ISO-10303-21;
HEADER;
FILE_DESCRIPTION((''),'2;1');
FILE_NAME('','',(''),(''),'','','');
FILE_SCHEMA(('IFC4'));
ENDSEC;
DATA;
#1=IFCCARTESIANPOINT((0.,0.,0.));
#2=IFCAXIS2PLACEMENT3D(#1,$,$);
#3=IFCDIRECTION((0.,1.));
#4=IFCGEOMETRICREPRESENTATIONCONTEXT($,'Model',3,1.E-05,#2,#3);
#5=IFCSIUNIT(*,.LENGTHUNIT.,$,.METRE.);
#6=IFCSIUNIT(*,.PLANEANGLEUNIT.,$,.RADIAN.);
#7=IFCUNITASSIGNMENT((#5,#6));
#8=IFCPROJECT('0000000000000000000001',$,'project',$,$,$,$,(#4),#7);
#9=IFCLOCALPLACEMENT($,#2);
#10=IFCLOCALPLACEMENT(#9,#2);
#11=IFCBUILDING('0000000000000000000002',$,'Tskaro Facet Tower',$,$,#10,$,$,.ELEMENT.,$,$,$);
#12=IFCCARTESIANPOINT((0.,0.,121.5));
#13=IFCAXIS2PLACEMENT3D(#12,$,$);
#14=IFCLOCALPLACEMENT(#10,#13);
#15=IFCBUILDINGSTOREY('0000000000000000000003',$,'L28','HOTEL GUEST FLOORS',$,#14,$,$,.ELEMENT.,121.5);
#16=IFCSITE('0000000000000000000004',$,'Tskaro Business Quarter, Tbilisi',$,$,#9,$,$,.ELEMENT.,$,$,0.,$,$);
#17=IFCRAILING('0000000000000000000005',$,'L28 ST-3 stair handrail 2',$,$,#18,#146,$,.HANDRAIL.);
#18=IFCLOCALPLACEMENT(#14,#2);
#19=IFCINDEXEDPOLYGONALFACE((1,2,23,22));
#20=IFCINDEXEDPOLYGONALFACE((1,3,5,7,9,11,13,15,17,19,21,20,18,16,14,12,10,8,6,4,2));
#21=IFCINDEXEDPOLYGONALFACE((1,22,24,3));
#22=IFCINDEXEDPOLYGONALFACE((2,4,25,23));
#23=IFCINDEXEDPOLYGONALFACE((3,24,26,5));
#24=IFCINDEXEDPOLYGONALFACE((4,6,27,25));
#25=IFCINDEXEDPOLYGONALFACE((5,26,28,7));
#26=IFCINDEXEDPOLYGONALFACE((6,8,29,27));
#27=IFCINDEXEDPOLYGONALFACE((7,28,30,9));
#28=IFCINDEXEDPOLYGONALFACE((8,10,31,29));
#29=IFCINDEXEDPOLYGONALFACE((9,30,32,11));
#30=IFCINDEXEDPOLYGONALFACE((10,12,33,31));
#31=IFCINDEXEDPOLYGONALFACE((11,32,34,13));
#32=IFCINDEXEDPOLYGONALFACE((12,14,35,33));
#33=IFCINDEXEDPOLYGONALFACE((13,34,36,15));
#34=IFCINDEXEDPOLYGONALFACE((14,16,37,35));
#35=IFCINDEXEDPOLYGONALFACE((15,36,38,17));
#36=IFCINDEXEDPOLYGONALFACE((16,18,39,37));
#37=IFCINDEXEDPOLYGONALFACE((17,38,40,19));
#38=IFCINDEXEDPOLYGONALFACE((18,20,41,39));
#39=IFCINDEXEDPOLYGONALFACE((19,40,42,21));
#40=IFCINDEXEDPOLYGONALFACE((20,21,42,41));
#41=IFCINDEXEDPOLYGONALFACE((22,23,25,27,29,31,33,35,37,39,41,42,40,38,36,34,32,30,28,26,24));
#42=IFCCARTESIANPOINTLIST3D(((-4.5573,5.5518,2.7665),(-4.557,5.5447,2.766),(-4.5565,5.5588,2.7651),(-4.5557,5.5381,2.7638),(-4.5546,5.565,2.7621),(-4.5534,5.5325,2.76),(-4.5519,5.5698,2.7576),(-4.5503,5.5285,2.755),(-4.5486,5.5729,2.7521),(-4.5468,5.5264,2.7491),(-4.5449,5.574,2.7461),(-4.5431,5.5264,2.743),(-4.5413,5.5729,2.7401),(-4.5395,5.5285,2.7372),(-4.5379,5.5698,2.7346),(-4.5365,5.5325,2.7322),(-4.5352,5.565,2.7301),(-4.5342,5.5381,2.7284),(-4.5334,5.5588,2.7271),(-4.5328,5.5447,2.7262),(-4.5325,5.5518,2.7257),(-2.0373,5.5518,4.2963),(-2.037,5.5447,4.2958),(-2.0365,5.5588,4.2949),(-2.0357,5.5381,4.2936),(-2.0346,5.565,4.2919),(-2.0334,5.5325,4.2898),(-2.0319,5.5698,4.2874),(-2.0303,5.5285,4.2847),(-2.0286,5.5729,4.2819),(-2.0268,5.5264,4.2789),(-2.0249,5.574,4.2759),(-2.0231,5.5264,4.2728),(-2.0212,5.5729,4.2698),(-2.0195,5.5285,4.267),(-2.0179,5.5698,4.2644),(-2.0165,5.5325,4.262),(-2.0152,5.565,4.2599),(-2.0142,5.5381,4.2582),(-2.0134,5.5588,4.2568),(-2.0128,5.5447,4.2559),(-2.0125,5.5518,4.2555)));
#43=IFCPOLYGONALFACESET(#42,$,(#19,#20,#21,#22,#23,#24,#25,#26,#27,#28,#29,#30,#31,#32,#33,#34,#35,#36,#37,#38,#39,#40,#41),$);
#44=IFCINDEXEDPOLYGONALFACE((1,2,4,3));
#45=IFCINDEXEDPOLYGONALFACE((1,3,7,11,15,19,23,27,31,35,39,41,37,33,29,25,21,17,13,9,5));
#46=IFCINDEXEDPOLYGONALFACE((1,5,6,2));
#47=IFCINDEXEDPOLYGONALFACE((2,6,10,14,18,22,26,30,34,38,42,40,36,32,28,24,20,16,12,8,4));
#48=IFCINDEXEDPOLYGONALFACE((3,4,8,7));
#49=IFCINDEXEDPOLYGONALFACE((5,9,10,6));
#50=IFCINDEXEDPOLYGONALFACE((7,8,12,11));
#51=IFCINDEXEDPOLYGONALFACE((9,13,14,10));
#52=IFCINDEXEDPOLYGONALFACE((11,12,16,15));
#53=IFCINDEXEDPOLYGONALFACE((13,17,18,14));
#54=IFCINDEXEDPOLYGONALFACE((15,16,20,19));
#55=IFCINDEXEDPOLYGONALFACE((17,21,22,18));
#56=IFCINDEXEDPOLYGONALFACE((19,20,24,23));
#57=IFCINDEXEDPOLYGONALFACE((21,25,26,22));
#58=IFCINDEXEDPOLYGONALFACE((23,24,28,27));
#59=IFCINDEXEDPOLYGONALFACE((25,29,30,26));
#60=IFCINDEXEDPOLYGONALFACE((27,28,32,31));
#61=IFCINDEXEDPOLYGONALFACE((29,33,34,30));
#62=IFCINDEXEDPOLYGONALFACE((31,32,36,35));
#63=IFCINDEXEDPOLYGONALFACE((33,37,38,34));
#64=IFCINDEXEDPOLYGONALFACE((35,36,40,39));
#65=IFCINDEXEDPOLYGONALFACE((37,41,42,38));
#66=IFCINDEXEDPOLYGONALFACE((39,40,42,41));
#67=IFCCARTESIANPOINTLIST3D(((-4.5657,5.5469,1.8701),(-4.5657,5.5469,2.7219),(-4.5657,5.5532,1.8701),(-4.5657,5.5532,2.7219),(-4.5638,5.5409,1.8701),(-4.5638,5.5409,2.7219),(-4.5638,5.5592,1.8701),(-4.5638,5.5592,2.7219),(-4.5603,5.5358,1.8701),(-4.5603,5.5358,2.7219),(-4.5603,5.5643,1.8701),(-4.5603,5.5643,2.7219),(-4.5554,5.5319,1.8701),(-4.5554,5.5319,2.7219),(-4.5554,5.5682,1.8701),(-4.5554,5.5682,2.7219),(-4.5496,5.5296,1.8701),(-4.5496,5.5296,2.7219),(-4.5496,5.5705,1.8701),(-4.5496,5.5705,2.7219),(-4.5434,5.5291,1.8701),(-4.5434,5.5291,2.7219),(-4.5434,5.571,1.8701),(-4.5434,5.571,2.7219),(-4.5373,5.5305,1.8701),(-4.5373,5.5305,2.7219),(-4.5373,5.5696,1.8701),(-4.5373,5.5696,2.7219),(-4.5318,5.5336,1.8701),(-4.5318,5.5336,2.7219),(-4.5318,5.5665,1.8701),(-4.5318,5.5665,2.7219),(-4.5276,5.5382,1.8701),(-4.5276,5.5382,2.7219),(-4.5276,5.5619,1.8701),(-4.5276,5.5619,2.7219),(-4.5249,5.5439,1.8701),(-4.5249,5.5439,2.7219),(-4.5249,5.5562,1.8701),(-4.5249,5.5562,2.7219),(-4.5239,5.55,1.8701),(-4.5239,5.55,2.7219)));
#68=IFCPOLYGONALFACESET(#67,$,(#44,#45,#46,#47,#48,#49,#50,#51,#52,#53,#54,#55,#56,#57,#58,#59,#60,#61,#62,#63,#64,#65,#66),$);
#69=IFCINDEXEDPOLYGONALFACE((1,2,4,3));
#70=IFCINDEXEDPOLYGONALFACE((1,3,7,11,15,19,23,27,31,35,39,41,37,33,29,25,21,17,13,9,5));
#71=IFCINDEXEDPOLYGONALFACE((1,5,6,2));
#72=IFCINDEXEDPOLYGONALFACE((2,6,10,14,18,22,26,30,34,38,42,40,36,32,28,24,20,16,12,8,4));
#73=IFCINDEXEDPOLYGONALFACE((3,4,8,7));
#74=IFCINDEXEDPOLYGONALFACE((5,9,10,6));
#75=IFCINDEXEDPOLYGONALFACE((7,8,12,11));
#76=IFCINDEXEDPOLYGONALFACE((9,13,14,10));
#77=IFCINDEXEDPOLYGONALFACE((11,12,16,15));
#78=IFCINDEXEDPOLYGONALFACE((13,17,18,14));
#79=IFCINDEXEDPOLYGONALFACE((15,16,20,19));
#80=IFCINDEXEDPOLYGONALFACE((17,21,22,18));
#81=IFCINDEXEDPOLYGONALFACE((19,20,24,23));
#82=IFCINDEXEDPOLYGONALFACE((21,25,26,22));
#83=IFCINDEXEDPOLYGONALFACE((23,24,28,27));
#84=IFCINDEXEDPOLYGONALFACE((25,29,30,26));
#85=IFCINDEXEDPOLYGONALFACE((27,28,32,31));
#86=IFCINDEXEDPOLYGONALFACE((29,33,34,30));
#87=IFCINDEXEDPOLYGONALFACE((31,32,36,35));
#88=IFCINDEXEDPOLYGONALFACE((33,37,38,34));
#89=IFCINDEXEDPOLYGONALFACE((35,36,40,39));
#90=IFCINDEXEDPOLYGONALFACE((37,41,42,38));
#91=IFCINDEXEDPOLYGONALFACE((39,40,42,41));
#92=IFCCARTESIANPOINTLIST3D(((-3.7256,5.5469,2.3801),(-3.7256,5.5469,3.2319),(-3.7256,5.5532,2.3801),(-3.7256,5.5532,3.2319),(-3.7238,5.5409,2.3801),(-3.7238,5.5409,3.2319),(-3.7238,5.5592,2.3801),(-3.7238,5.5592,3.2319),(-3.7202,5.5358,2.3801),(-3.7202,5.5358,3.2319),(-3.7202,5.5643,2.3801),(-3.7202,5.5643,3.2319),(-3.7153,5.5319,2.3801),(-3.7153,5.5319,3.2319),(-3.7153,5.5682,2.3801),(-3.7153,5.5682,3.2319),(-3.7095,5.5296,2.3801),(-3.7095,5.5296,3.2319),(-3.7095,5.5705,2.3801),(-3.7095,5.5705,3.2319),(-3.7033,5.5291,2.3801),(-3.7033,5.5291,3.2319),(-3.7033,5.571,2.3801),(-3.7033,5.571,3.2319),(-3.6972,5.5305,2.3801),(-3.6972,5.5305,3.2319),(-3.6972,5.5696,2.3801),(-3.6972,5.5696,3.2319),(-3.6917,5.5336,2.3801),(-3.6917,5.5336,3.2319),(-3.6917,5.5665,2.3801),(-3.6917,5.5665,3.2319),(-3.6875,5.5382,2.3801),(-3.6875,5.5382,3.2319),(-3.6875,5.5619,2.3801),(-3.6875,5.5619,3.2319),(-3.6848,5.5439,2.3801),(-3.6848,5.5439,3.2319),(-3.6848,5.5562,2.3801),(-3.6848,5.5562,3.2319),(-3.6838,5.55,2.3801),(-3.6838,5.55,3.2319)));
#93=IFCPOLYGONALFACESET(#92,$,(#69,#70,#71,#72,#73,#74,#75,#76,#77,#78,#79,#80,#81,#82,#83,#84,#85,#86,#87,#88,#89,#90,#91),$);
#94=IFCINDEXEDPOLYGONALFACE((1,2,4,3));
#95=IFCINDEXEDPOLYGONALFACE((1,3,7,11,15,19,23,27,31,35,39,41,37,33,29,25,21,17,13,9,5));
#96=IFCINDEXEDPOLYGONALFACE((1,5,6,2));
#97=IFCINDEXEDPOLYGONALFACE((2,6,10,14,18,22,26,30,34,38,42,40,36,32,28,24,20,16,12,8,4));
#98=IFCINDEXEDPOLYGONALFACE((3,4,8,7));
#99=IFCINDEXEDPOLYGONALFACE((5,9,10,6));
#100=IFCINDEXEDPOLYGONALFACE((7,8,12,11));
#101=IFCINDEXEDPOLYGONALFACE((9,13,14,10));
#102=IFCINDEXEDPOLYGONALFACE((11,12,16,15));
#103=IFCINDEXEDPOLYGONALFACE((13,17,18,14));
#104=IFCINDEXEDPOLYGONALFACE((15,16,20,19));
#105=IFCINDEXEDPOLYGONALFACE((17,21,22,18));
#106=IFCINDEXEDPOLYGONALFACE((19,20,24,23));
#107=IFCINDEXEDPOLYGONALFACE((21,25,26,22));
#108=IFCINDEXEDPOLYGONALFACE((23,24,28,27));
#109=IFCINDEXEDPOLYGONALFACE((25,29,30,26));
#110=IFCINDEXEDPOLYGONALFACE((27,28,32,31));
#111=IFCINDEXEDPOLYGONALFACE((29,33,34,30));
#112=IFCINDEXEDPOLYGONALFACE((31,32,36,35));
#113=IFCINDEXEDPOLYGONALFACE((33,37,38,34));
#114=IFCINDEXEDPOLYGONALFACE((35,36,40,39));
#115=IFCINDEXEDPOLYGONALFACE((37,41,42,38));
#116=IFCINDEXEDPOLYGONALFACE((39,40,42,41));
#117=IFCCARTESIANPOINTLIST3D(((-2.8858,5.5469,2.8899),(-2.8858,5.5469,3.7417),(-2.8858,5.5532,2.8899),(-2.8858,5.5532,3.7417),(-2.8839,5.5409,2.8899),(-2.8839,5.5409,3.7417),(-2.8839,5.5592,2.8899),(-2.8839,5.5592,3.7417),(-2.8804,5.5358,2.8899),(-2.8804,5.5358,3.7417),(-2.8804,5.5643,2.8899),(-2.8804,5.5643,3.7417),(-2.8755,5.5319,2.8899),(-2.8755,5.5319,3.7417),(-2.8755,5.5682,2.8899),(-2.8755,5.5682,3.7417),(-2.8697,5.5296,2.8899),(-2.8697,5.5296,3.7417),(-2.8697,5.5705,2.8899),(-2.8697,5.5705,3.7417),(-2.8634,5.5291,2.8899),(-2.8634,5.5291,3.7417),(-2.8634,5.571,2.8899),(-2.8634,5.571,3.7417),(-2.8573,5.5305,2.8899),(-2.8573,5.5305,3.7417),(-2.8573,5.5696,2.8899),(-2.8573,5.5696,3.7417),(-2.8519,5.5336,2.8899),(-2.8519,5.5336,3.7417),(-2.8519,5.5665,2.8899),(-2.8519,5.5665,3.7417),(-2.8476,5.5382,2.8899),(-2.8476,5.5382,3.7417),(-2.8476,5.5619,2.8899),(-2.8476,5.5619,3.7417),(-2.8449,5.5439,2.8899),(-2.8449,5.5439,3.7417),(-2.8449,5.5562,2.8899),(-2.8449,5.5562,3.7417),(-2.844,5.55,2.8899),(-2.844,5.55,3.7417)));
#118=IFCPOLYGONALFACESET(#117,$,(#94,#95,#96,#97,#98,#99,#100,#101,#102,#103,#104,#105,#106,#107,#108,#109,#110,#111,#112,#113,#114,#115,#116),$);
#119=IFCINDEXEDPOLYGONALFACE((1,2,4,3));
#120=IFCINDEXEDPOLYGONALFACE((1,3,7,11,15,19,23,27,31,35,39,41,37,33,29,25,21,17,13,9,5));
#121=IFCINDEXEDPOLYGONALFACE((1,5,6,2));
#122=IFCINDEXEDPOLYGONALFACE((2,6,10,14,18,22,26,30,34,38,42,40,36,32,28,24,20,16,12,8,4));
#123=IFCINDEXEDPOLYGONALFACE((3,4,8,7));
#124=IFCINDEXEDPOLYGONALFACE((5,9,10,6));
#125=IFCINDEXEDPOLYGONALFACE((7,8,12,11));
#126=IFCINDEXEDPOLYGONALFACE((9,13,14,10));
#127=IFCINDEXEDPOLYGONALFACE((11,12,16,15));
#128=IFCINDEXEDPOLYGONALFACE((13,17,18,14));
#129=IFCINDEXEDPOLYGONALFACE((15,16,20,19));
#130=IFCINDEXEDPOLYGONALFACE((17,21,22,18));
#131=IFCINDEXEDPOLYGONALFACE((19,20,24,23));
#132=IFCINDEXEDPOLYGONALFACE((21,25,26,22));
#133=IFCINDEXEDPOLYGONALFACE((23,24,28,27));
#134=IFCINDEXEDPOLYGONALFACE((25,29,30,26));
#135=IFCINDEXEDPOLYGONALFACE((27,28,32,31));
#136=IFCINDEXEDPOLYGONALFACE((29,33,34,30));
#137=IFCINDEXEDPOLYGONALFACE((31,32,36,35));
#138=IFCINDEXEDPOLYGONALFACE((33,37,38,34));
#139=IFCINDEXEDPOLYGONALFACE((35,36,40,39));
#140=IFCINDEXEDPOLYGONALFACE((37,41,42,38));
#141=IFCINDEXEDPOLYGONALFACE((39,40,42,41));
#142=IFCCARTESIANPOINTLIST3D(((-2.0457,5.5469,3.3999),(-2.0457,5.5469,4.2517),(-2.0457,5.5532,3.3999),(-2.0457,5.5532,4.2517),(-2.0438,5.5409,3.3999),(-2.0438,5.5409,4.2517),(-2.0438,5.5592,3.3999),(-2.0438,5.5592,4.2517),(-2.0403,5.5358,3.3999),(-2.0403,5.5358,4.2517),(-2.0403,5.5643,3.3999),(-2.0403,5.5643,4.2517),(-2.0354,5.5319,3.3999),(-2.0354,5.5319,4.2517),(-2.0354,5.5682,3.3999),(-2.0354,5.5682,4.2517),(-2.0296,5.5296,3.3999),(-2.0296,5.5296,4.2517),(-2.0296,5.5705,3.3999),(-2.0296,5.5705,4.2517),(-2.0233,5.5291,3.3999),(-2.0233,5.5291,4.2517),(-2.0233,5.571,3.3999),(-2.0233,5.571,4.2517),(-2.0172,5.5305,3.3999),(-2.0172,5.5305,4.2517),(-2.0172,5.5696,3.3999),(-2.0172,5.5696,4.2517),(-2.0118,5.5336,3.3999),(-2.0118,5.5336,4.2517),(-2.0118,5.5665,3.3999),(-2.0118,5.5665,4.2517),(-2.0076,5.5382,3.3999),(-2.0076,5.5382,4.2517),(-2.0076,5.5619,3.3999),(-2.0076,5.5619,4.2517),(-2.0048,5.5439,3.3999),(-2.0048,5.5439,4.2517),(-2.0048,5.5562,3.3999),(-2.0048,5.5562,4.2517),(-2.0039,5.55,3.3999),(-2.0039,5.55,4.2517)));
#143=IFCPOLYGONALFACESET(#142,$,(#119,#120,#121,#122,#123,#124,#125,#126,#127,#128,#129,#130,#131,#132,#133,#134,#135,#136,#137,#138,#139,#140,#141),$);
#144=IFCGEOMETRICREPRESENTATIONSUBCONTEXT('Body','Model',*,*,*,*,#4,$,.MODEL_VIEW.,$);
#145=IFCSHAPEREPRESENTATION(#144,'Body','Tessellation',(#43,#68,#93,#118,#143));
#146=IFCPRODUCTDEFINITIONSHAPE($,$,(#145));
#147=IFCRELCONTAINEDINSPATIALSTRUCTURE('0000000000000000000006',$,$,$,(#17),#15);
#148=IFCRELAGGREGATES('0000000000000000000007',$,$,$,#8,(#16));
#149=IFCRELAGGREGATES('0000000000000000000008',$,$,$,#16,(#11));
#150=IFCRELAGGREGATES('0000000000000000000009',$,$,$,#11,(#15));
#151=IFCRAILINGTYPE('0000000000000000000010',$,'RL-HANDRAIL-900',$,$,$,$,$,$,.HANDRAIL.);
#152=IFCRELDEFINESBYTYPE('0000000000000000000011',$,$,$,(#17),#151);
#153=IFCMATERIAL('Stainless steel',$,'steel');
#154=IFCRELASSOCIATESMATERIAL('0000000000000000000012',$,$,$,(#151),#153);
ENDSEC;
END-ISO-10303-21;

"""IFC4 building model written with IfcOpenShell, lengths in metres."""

from ifc_helpers import new_model, si_unit, direction, frame, origin, origin_2d, place, context, subcontext, project, spatial, circle, extrude, material, type_object, element, save


model = new_model("IFC4")

# Units and contexts
model_context = context("Model", 3, precision=1e-05, world=origin(), true_north=direction((0.0, 1.0)))
body_context = subcontext(model_context, "Body", "Model", "MODEL_VIEW")
ifc_project = project(units=[si_unit("LENGTHUNIT", "METRE"), si_unit("PLANEANGLEUNIT", "RADIAN")], contexts=[model_context])

# Site, building, storey
site_placement = place(None, origin())
site = spatial("IfcSite", under=ifc_project, at=site_placement, Name="Tskaro Business Quarter, Tbilisi", CompositionType="ELEMENT", RefElevation=0.0)
building_placement = place(site_placement, origin())
building = spatial("IfcBuilding", under=site, at=building_placement, Name="Tskaro Facet Tower", CompositionType="ELEMENT")
storey_placement = place(building_placement, frame((0.0, 0.0, 121.5)))
storey = spatial("IfcBuildingStorey", under=building, at=storey_placement, Name="L28", Description="HOTEL GUEST FLOORS", CompositionType="ELEMENT", Elevation=121.5)

# Railing
ifc_material_1 = material(Name="Stainless steel", Category="steel")
railing_type_1 = type_object("IfcRailingType", Name="RL-HANDRAIL-900", PredefinedType="HANDRAIL", material=ifc_material_1)
railing_1_placement = place(storey_placement, frame((-4.5449, 5.55, 1.8701)))
element("IfcRailing", 1, at=railing_1_placement, inside=storey, type_object=railing_type_1, Name="L28 ST-3 stair handrail 2", PredefinedType="HANDRAIL", context=body_context, shape_type="SweptSolid", body=[
    extrude(circle(Radius=0.0239, at=origin_2d()), frame((0.0, 0.0, 0.876), z_axis=(0.854822, 0.0, 0.518922), x_axis=(0.0, 1.0, 0.0)), (0.0, 0.0, 1.0), 2.948),
    extrude(circle(Radius=0.021, at=origin_2d()), origin(), (0.0, 0.0, 1.0), 0.8518),
    extrude(circle(Radius=0.021, at=origin_2d()), frame((0.8401, 0.0, 0.51)), (0.0, 0.0, 1.0), 0.8518),
    extrude(circle(Radius=0.021, at=origin_2d()), frame((1.6799, 0.0, 1.0198)), (0.0, 0.0, 1.0), 0.8518),
    extrude(circle(Radius=0.021, at=origin_2d()), frame((2.52, 0.0, 1.5298)), (0.0, 0.0, 1.0), 0.8518),
])

save(model, "model.ifc")
